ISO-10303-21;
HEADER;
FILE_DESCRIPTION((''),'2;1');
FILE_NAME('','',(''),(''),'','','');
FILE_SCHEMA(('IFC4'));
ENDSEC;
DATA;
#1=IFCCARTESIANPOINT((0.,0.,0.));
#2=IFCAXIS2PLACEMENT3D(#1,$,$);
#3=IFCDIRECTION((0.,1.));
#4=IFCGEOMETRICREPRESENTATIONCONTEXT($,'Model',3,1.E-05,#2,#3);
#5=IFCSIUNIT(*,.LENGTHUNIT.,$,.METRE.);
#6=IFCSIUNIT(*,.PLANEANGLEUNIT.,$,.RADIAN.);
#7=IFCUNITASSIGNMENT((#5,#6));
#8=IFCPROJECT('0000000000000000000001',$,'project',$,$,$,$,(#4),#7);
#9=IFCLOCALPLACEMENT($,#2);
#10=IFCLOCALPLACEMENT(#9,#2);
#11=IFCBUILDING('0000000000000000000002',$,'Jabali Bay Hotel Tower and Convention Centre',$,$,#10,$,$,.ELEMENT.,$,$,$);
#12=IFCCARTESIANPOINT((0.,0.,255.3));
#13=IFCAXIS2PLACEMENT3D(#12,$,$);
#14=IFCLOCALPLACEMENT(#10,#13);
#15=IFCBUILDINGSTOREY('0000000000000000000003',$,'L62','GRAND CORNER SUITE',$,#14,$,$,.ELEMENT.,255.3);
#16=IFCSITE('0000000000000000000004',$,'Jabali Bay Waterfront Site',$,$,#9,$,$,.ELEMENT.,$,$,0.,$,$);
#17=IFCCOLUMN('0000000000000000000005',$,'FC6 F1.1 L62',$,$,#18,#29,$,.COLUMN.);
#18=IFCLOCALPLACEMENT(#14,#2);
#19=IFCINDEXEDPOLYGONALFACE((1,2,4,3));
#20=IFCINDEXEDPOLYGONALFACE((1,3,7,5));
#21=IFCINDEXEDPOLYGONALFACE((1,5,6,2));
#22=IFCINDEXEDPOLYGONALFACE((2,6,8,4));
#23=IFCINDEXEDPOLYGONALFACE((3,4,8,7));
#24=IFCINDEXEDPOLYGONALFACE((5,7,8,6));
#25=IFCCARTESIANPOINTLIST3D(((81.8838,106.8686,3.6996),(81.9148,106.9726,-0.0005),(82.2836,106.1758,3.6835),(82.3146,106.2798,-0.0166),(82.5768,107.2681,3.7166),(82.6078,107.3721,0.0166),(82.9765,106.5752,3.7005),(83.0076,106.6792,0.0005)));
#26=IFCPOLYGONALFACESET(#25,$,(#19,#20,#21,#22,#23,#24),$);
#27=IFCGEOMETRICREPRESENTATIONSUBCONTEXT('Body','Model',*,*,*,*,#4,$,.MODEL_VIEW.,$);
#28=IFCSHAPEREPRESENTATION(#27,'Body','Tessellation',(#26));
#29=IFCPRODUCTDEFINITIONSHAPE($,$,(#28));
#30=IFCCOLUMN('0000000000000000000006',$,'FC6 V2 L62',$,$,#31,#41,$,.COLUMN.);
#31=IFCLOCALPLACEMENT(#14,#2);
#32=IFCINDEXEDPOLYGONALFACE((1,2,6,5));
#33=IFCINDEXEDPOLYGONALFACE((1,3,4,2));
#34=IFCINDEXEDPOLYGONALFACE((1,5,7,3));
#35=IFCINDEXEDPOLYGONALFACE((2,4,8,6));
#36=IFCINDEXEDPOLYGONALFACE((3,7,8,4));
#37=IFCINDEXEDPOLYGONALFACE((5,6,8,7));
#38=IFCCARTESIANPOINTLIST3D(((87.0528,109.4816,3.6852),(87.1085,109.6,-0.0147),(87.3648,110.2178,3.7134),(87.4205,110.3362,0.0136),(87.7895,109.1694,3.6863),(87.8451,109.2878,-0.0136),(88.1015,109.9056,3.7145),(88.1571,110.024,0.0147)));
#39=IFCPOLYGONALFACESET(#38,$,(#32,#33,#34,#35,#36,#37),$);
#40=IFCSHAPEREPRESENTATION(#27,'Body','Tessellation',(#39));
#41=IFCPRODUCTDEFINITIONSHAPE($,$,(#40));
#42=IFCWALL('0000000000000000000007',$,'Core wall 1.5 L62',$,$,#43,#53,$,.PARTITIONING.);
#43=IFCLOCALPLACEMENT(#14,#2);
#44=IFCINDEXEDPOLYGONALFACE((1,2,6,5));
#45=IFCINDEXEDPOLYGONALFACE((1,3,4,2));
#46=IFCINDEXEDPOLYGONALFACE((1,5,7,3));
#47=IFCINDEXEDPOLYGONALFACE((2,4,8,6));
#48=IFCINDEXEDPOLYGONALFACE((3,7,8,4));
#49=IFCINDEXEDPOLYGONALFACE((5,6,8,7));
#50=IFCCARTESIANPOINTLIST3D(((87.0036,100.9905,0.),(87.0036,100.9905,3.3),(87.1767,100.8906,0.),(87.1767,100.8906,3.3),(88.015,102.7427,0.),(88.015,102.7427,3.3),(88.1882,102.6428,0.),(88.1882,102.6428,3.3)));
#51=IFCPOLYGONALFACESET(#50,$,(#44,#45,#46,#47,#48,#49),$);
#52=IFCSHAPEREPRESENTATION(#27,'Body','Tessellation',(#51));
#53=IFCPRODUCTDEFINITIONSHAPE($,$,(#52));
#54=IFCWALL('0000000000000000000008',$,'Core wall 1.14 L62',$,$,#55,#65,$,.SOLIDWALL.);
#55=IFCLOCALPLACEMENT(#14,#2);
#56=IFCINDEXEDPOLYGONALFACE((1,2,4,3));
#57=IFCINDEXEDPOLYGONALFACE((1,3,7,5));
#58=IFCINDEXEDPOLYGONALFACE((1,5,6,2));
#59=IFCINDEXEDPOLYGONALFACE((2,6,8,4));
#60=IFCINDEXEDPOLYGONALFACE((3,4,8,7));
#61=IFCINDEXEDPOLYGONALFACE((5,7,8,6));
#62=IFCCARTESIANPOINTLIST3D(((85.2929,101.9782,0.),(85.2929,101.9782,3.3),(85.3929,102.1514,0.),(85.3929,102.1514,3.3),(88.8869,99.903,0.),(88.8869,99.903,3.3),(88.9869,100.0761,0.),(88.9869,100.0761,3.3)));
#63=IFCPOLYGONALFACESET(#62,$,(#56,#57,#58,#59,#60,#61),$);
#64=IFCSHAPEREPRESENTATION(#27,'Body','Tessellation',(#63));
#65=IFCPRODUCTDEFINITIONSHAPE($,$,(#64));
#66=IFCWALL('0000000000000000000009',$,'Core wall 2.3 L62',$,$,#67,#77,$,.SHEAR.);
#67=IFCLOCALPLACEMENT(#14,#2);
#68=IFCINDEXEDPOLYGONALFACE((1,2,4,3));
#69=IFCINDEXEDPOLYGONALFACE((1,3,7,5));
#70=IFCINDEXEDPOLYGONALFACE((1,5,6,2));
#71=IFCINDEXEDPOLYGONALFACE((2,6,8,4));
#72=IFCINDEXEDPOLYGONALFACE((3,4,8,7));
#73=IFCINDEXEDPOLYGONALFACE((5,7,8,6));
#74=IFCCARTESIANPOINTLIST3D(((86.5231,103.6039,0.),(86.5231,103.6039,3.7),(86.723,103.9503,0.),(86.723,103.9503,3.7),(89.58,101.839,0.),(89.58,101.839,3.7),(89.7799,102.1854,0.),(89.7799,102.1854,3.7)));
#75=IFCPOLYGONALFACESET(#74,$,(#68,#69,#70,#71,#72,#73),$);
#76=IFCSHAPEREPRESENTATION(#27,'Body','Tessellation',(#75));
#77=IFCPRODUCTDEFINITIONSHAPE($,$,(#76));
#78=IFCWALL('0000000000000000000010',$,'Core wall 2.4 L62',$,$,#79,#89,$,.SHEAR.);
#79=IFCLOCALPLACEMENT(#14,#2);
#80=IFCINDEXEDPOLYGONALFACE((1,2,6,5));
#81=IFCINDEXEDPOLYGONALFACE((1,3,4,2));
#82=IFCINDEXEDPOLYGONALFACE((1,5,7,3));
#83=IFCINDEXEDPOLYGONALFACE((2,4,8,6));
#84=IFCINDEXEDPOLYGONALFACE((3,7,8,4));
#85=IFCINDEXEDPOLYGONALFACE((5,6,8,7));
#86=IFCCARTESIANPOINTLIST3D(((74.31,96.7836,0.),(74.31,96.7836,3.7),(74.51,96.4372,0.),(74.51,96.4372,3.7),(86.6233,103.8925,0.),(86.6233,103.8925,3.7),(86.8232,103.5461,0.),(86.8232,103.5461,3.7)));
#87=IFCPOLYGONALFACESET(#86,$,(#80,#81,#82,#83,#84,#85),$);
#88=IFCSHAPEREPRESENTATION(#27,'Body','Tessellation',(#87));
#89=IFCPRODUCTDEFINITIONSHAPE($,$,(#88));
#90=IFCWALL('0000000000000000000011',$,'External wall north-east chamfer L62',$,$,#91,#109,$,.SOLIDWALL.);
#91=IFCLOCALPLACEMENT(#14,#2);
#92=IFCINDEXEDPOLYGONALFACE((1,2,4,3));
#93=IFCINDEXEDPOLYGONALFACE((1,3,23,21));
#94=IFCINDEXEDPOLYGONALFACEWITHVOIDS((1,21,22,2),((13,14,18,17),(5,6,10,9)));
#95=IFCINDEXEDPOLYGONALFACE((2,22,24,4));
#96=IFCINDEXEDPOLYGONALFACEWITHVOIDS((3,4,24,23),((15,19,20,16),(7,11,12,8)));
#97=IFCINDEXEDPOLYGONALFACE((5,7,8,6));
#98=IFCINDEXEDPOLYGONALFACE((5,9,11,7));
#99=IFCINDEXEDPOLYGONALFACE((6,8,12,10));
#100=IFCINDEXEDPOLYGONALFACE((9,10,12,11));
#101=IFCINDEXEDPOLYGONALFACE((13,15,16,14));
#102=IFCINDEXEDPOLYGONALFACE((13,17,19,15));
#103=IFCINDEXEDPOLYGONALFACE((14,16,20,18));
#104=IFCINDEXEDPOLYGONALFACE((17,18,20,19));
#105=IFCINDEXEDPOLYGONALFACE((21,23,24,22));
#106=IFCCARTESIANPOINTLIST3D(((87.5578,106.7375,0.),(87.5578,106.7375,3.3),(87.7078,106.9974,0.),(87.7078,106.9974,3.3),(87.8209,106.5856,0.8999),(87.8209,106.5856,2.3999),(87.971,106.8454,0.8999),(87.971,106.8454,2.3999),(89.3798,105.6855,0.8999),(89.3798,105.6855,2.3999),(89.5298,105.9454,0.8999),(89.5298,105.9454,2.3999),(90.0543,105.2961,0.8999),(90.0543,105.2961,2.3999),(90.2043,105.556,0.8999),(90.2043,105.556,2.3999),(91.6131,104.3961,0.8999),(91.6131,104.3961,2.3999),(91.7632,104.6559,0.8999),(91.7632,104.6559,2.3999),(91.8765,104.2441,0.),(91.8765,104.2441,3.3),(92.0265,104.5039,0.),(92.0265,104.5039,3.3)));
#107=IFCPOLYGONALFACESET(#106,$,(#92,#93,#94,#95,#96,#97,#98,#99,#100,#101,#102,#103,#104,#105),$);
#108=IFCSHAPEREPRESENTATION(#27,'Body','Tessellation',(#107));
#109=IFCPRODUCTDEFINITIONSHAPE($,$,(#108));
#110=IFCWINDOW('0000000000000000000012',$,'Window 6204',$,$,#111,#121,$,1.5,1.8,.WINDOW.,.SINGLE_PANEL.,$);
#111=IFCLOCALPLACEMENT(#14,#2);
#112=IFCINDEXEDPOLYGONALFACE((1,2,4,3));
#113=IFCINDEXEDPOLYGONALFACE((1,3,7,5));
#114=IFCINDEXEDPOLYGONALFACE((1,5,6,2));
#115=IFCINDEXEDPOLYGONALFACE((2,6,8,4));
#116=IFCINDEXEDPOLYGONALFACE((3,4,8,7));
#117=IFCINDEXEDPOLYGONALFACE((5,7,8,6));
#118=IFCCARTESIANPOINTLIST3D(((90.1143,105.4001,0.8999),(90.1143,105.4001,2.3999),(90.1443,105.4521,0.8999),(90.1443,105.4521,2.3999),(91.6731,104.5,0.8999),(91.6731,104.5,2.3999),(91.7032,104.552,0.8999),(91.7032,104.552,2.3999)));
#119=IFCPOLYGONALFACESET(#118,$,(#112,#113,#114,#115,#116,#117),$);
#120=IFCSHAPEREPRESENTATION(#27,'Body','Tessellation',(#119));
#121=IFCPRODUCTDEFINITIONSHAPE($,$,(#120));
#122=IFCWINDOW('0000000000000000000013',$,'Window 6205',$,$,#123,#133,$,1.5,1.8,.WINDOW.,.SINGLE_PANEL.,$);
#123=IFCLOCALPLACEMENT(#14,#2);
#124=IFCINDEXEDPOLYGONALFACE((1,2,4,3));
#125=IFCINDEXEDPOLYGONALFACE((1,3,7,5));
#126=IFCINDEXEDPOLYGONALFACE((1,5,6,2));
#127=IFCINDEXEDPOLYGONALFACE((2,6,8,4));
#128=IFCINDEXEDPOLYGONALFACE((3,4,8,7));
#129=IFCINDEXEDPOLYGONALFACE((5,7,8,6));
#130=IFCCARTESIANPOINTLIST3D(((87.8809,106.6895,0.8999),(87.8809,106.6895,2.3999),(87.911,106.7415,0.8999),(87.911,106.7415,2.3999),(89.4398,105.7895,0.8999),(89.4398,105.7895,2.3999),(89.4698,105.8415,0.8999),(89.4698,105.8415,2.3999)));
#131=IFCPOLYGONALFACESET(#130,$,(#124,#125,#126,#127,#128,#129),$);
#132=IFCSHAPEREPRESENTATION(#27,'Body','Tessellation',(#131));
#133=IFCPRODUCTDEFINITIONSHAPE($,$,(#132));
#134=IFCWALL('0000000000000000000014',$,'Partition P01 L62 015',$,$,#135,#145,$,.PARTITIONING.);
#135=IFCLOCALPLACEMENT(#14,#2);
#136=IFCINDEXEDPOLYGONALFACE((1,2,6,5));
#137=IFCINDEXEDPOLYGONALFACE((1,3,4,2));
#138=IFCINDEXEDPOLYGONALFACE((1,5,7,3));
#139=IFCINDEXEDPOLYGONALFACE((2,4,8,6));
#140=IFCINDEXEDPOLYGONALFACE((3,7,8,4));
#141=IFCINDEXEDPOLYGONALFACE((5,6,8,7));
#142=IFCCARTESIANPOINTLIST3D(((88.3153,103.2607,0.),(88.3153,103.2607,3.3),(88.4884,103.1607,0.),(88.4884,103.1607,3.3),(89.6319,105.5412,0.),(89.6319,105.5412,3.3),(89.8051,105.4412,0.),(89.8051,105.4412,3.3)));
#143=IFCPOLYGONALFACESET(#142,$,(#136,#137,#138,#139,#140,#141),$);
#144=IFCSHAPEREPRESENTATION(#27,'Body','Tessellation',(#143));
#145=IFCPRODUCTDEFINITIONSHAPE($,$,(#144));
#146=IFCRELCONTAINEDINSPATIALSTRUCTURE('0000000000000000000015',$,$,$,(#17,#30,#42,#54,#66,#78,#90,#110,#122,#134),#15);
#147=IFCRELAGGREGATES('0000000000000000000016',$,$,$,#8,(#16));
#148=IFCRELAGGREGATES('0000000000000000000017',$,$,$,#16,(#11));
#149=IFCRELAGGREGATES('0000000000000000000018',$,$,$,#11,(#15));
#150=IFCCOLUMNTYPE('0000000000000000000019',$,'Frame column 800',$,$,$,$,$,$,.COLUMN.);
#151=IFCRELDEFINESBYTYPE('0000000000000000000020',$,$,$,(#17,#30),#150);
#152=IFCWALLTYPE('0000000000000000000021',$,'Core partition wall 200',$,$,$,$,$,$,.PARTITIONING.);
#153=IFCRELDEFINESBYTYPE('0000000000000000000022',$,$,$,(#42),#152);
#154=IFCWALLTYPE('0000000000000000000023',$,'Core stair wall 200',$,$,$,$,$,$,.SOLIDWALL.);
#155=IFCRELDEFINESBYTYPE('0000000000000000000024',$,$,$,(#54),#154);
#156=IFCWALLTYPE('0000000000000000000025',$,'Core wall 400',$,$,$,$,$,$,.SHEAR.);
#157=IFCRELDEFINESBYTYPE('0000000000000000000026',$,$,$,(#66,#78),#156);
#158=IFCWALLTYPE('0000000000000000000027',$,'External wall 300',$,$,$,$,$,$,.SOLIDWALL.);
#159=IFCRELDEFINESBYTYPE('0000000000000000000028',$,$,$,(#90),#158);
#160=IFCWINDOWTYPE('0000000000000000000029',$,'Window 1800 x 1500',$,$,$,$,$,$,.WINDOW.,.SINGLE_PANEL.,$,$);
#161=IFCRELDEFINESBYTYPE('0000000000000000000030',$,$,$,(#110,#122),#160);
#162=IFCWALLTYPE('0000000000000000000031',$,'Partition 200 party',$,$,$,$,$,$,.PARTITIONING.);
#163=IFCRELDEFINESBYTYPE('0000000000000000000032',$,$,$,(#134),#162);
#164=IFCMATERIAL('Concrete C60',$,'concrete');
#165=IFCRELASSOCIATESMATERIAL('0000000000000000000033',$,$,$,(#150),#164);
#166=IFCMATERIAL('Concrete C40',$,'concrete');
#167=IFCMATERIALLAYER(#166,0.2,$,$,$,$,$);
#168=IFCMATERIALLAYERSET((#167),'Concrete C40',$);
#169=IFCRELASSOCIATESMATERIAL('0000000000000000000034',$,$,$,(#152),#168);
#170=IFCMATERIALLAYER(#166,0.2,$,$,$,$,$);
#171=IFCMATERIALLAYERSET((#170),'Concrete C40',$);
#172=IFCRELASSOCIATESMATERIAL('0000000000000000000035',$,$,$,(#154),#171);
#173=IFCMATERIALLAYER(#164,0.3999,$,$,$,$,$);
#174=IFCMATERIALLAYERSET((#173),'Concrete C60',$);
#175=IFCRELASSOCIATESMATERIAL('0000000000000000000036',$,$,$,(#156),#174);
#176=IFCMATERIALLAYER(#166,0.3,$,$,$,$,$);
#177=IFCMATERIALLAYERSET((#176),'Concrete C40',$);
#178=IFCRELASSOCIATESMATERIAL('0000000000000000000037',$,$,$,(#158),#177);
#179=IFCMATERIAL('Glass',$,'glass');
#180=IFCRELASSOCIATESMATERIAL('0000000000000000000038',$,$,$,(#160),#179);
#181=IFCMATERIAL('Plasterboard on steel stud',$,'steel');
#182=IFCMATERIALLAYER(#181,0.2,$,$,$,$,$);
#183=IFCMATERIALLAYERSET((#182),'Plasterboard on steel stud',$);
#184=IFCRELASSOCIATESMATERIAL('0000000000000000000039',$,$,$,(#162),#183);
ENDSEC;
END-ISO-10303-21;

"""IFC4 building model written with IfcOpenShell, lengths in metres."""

from ifc_helpers import new_model, si_unit, direction, frame, frame_2d, origin, origin_2d, place, context, subcontext, project, spatial, rectangle, extrude, material, layer, layer_set, material_profile, profile_set, type_object, element, fill, save


model = new_model("IFC4")

# Units and contexts
model_context = context("Model", 3, precision=1e-05, world=origin(), true_north=direction((0.0, 1.0)))
body_context = subcontext(model_context, "Body", "Model", "MODEL_VIEW")
ifc_project = project(units=[si_unit("LENGTHUNIT", "METRE"), si_unit("PLANEANGLEUNIT", "RADIAN")], contexts=[model_context])

# Site, building, storey
site_placement = place(None, origin())
site = spatial("IfcSite", under=ifc_project, at=site_placement, Name="Jabali Bay Waterfront Site", CompositionType="ELEMENT", RefElevation=0.0)
building_placement = place(site_placement, origin())
building = spatial("IfcBuilding", under=site, at=building_placement, Name="Jabali Bay Hotel Tower and Convention Centre", CompositionType="ELEMENT")
storey_placement = place(building_placement, frame((0.0, 0.0, 255.3)))
storey = spatial("IfcBuildingStorey", under=building, at=storey_placement, Name="L62", Description="GRAND CORNER SUITE", CompositionType="ELEMENT", Elevation=255.3)

# Columns
ifc_material_1 = material(Name="Concrete C60", Category="concrete")
ifc_material_profile = material_profile(ifc_material_1, rectangle(XDim=0.8, YDim=0.8, at=origin_2d()), Name="Frame column 800")
ifc_profile_set = profile_set([ifc_material_profile], Name="Concrete C60")
column_type = type_object("IfcColumnType", Name="Frame column 800", PredefinedType="COLUMN", material=ifc_profile_set)
column_1_placement = place(storey_placement, frame((82.4612, 106.8259, 0.0), z_axis=(-0.008376, -0.028097, 0.99957), x_axis=(0.866173, 0.499291, 0.021293)))
element("IfcColumn", 1, at=column_1_placement, inside=storey, type_object=column_type, Name="FC6 F1.1 L62", PredefinedType="COLUMN", context=body_context, shape_type="SweptSolid", body=[
    extrude(rectangle(XDim=0.8, YDim=0.8, at=origin_2d()), origin(), (0.0, 0.0, 1.0), 3.7017),
])
column_2_placement = place(storey_placement, frame((87.6328, 109.812, 0.0), z_axis=(-0.015035, -0.031983, 0.999375), x_axis=(0.920704, -0.390258, 0.001362)))
element("IfcColumn", 2, at=column_2_placement, inside=storey, type_object=column_type, Name="FC6 V2 L62", PredefinedType="COLUMN", context=body_context, shape_type="SweptSolid", body=[
    extrude(rectangle(XDim=0.8, YDim=0.8, at=origin_2d()), origin(), (0.0, 0.0, 1.0), 3.7021),
])

# Walls
ifc_material_2 = material(Name="Concrete C40", Category="concrete")
ifc_layer_1 = layer(ifc_material_2, 0.2)
ifc_layer_set_1 = layer_set([ifc_layer_1], Name="Concrete C40")
wall_type_1 = type_object("IfcWallType", Name="Core partition wall 200", PredefinedType="PARTITIONING", material=ifc_layer_set_1)
wall_1_placement = place(storey_placement, frame((87.0901, 100.9404, 0.0), z_axis=(0.0, 0.0, 1.0), x_axis=(0.499942, 0.866059, 0.0)))
element("IfcWall", 3, at=wall_1_placement, inside=storey, type_object=wall_type_1, Name="Core wall 1.5 L62", PredefinedType="PARTITIONING", context=body_context, shape_type="SweptSolid", body=[
    extrude(rectangle(XDim=2.0232, YDim=0.2, at=frame_2d((1.0117, 0.0))), origin(), (0.0, 0.0, 1.0), 3.3),
])
ifc_layer_2 = layer(ifc_material_2, 0.2)
ifc_layer_set_2 = layer_set([ifc_layer_2], Name="Concrete C40")
wall_type_2 = type_object("IfcWallType", Name="Core stair wall 200", PredefinedType="SOLIDWALL", material=ifc_layer_set_2)
wall_2_placement = place(storey_placement, frame((88.937, 99.9895, 0.0), z_axis=(0.0, 0.0, 1.0), x_axis=(-0.866004, 0.500036, 0.0)))
element("IfcWall", 4, at=wall_2_placement, inside=storey, type_object=wall_type_2, Name="Core wall 1.14 L62", PredefinedType="SOLIDWALL", context=body_context, shape_type="SweptSolid", body=[
    extrude(rectangle(XDim=4.1501, YDim=0.2, at=frame_2d((2.0752, 0.0))), origin(), (0.0, 0.0, 1.0), 3.3),
])
ifc_layer_3 = layer(ifc_material_1, 0.3999)
ifc_layer_set_3 = layer_set([ifc_layer_3], Name="Concrete C60")
wall_type_3 = type_object("IfcWallType", Name="Core wall 400", PredefinedType="SHEAR", material=ifc_layer_set_3)
wall_3_placement = place(storey_placement, frame((89.6799, 102.0122, 0.0), z_axis=(0.0, 0.0, 1.0), x_axis=(-0.866025, 0.5, 0.0)))
element("IfcWall", 5, at=wall_3_placement, inside=storey, type_object=wall_type_3, Name="Core wall 2.3 L62", PredefinedType="SHEAR", context=body_context, shape_type="SweptSolid", body=[
    extrude(rectangle(XDim=3.5298, YDim=0.3999, at=frame_2d((1.7649, 0.0))), origin(), (0.0, 0.0, 1.0), 3.7),
])
wall_4_placement = place(storey_placement, frame((86.7231, 103.7192, 0.0), z_axis=(0.0, 0.0, 1.0), x_axis=(-0.86603, -0.499991, 0.0)))
element("IfcWall", 6, at=wall_4_placement, inside=storey, type_object=wall_type_3, Name="Core wall 2.4 L62", PredefinedType="SHEAR", context=body_context, shape_type="SweptSolid", body=[
    extrude(rectangle(XDim=14.218, YDim=0.3999, at=frame_2d((7.1089, 0.0))), origin(), (0.0, 0.0, 1.0), 3.7),
])

# Wall, openings, windows
ifc_layer_4 = layer(ifc_material_2, 0.3)
ifc_layer_set_4 = layer_set([ifc_layer_4], Name="Concrete C40")
wall_type_4 = type_object("IfcWallType", Name="External wall 300", PredefinedType="SOLIDWALL", material=ifc_layer_set_4)
wall_5_placement = place(storey_placement, frame((87.6328, 106.8674, 0.0), z_axis=(0.0, 0.0, 1.0), x_axis=(0.86602, -0.500009, 0.0)))
wall_5 = element("IfcWall", 7, at=wall_5_placement, inside=storey, type_object=wall_type_4, Name="External wall north-east chamfer L62", PredefinedType="SOLIDWALL", context=body_context, shape_type="SweptSolid", body=[
    extrude(rectangle(XDim=4.9868, YDim=0.3, at=frame_2d((2.4934, 0.0))), origin(), (0.0, 0.0, 1.0), 3.3),
])
opening_1_placement = place(wall_5_placement, frame((2.8828, 0.0, 0.8999)))
opening_1 = element("IfcOpeningElement", 8, at=opening_1_placement, cuts=wall_5, PredefinedType="OPENING", context=body_context, shape_type="SweptSolid", body=[
    extrude(rectangle(XDim=1.8, YDim=1.5, at=frame_2d((0.8999, 0.75))), frame((0.0, 0.1606, 0.0), z_axis=(0.0, -1.0, 0.0), x_axis=(1.0, 0.0, 0.0)), (0.0, 0.0, 1.0), 0.321),
])
opening_2_placement = place(wall_5_placement, frame((0.304, 0.0, 0.8999)))
opening_2 = element("IfcOpeningElement", 9, at=opening_2_placement, cuts=wall_5, PredefinedType="OPENING", context=body_context, shape_type="SweptSolid", body=[
    extrude(rectangle(XDim=1.8, YDim=1.5, at=frame_2d((0.8999, 0.75))), frame((0.0, 0.1606, 0.0), z_axis=(0.0, -1.0, 0.0), x_axis=(1.0, 0.0, 0.0)), (0.0, 0.0, 1.0), 0.321),
])
ifc_material_3 = material(Name="Glass", Category="glass")
window_type = type_object("IfcWindowType", Name="Window 1800 x 1500", PartitioningType="SINGLE_PANEL", PredefinedType="WINDOW", material=ifc_material_3)
window_1_placement = place(opening_1_placement, origin())
window_1 = element("IfcWindow", 10, at=window_1_placement, inside=storey, type_object=window_type, Name="Window 6204", OverallHeight=1.5, OverallWidth=1.8, PartitioningType="SINGLE_PANEL", PredefinedType="WINDOW", context=body_context, shape_type="SweptSolid", body=[
    extrude(rectangle(XDim=1.8, YDim=1.5, at=frame_2d((0.8999, 0.75))), frame((0.0, 0.03, 0.0), z_axis=(0.0, -1.0, 0.0), x_axis=(1.0, 0.0, 0.0)), (0.0, 0.0, 1.0), 0.0601),
])
fill(opening_1, window_1)
window_2_placement = place(opening_2_placement, origin())
window_2 = element("IfcWindow", 11, at=window_2_placement, inside=storey, type_object=window_type, Name="Window 6205", OverallHeight=1.5, OverallWidth=1.8, PartitioningType="SINGLE_PANEL", PredefinedType="WINDOW", context=body_context, shape_type="SweptSolid", body=[
    extrude(rectangle(XDim=1.8, YDim=1.5, at=frame_2d((0.8999, 0.75))), frame((0.0, 0.03, 0.0), z_axis=(0.0, -1.0, 0.0), x_axis=(1.0, 0.0, 0.0)), (0.0, 0.0, 1.0), 0.0601),
])
fill(opening_2, window_2)

# Wall
ifc_material_4 = material(Name="Plasterboard on steel stud", Category="steel")
ifc_layer_5 = layer(ifc_material_4, 0.2)
ifc_layer_set_5 = layer_set([ifc_layer_5], Name="Plasterboard on steel stud")
wall_type_5 = type_object("IfcWallType", Name="Partition 200 party", PredefinedType="PARTITIONING", material=ifc_layer_set_5)
wall_6_placement = place(storey_placement, frame((89.7185, 105.4912, 0.0), z_axis=(0.0, 0.0, 1.0), x_axis=(-0.499998, -0.866027, 0.0)))
element("IfcWall", 12, at=wall_6_placement, inside=storey, type_object=wall_type_5, Name="Partition P01 L62 015", PredefinedType="PARTITIONING", context=body_context, shape_type="SweptSolid", body=[
    extrude(rectangle(XDim=2.6333, YDim=0.2, at=frame_2d((1.3167, 0.0))), origin(), (0.0, 0.0, 1.0), 3.3),
])

save(model, "model.ifc")
